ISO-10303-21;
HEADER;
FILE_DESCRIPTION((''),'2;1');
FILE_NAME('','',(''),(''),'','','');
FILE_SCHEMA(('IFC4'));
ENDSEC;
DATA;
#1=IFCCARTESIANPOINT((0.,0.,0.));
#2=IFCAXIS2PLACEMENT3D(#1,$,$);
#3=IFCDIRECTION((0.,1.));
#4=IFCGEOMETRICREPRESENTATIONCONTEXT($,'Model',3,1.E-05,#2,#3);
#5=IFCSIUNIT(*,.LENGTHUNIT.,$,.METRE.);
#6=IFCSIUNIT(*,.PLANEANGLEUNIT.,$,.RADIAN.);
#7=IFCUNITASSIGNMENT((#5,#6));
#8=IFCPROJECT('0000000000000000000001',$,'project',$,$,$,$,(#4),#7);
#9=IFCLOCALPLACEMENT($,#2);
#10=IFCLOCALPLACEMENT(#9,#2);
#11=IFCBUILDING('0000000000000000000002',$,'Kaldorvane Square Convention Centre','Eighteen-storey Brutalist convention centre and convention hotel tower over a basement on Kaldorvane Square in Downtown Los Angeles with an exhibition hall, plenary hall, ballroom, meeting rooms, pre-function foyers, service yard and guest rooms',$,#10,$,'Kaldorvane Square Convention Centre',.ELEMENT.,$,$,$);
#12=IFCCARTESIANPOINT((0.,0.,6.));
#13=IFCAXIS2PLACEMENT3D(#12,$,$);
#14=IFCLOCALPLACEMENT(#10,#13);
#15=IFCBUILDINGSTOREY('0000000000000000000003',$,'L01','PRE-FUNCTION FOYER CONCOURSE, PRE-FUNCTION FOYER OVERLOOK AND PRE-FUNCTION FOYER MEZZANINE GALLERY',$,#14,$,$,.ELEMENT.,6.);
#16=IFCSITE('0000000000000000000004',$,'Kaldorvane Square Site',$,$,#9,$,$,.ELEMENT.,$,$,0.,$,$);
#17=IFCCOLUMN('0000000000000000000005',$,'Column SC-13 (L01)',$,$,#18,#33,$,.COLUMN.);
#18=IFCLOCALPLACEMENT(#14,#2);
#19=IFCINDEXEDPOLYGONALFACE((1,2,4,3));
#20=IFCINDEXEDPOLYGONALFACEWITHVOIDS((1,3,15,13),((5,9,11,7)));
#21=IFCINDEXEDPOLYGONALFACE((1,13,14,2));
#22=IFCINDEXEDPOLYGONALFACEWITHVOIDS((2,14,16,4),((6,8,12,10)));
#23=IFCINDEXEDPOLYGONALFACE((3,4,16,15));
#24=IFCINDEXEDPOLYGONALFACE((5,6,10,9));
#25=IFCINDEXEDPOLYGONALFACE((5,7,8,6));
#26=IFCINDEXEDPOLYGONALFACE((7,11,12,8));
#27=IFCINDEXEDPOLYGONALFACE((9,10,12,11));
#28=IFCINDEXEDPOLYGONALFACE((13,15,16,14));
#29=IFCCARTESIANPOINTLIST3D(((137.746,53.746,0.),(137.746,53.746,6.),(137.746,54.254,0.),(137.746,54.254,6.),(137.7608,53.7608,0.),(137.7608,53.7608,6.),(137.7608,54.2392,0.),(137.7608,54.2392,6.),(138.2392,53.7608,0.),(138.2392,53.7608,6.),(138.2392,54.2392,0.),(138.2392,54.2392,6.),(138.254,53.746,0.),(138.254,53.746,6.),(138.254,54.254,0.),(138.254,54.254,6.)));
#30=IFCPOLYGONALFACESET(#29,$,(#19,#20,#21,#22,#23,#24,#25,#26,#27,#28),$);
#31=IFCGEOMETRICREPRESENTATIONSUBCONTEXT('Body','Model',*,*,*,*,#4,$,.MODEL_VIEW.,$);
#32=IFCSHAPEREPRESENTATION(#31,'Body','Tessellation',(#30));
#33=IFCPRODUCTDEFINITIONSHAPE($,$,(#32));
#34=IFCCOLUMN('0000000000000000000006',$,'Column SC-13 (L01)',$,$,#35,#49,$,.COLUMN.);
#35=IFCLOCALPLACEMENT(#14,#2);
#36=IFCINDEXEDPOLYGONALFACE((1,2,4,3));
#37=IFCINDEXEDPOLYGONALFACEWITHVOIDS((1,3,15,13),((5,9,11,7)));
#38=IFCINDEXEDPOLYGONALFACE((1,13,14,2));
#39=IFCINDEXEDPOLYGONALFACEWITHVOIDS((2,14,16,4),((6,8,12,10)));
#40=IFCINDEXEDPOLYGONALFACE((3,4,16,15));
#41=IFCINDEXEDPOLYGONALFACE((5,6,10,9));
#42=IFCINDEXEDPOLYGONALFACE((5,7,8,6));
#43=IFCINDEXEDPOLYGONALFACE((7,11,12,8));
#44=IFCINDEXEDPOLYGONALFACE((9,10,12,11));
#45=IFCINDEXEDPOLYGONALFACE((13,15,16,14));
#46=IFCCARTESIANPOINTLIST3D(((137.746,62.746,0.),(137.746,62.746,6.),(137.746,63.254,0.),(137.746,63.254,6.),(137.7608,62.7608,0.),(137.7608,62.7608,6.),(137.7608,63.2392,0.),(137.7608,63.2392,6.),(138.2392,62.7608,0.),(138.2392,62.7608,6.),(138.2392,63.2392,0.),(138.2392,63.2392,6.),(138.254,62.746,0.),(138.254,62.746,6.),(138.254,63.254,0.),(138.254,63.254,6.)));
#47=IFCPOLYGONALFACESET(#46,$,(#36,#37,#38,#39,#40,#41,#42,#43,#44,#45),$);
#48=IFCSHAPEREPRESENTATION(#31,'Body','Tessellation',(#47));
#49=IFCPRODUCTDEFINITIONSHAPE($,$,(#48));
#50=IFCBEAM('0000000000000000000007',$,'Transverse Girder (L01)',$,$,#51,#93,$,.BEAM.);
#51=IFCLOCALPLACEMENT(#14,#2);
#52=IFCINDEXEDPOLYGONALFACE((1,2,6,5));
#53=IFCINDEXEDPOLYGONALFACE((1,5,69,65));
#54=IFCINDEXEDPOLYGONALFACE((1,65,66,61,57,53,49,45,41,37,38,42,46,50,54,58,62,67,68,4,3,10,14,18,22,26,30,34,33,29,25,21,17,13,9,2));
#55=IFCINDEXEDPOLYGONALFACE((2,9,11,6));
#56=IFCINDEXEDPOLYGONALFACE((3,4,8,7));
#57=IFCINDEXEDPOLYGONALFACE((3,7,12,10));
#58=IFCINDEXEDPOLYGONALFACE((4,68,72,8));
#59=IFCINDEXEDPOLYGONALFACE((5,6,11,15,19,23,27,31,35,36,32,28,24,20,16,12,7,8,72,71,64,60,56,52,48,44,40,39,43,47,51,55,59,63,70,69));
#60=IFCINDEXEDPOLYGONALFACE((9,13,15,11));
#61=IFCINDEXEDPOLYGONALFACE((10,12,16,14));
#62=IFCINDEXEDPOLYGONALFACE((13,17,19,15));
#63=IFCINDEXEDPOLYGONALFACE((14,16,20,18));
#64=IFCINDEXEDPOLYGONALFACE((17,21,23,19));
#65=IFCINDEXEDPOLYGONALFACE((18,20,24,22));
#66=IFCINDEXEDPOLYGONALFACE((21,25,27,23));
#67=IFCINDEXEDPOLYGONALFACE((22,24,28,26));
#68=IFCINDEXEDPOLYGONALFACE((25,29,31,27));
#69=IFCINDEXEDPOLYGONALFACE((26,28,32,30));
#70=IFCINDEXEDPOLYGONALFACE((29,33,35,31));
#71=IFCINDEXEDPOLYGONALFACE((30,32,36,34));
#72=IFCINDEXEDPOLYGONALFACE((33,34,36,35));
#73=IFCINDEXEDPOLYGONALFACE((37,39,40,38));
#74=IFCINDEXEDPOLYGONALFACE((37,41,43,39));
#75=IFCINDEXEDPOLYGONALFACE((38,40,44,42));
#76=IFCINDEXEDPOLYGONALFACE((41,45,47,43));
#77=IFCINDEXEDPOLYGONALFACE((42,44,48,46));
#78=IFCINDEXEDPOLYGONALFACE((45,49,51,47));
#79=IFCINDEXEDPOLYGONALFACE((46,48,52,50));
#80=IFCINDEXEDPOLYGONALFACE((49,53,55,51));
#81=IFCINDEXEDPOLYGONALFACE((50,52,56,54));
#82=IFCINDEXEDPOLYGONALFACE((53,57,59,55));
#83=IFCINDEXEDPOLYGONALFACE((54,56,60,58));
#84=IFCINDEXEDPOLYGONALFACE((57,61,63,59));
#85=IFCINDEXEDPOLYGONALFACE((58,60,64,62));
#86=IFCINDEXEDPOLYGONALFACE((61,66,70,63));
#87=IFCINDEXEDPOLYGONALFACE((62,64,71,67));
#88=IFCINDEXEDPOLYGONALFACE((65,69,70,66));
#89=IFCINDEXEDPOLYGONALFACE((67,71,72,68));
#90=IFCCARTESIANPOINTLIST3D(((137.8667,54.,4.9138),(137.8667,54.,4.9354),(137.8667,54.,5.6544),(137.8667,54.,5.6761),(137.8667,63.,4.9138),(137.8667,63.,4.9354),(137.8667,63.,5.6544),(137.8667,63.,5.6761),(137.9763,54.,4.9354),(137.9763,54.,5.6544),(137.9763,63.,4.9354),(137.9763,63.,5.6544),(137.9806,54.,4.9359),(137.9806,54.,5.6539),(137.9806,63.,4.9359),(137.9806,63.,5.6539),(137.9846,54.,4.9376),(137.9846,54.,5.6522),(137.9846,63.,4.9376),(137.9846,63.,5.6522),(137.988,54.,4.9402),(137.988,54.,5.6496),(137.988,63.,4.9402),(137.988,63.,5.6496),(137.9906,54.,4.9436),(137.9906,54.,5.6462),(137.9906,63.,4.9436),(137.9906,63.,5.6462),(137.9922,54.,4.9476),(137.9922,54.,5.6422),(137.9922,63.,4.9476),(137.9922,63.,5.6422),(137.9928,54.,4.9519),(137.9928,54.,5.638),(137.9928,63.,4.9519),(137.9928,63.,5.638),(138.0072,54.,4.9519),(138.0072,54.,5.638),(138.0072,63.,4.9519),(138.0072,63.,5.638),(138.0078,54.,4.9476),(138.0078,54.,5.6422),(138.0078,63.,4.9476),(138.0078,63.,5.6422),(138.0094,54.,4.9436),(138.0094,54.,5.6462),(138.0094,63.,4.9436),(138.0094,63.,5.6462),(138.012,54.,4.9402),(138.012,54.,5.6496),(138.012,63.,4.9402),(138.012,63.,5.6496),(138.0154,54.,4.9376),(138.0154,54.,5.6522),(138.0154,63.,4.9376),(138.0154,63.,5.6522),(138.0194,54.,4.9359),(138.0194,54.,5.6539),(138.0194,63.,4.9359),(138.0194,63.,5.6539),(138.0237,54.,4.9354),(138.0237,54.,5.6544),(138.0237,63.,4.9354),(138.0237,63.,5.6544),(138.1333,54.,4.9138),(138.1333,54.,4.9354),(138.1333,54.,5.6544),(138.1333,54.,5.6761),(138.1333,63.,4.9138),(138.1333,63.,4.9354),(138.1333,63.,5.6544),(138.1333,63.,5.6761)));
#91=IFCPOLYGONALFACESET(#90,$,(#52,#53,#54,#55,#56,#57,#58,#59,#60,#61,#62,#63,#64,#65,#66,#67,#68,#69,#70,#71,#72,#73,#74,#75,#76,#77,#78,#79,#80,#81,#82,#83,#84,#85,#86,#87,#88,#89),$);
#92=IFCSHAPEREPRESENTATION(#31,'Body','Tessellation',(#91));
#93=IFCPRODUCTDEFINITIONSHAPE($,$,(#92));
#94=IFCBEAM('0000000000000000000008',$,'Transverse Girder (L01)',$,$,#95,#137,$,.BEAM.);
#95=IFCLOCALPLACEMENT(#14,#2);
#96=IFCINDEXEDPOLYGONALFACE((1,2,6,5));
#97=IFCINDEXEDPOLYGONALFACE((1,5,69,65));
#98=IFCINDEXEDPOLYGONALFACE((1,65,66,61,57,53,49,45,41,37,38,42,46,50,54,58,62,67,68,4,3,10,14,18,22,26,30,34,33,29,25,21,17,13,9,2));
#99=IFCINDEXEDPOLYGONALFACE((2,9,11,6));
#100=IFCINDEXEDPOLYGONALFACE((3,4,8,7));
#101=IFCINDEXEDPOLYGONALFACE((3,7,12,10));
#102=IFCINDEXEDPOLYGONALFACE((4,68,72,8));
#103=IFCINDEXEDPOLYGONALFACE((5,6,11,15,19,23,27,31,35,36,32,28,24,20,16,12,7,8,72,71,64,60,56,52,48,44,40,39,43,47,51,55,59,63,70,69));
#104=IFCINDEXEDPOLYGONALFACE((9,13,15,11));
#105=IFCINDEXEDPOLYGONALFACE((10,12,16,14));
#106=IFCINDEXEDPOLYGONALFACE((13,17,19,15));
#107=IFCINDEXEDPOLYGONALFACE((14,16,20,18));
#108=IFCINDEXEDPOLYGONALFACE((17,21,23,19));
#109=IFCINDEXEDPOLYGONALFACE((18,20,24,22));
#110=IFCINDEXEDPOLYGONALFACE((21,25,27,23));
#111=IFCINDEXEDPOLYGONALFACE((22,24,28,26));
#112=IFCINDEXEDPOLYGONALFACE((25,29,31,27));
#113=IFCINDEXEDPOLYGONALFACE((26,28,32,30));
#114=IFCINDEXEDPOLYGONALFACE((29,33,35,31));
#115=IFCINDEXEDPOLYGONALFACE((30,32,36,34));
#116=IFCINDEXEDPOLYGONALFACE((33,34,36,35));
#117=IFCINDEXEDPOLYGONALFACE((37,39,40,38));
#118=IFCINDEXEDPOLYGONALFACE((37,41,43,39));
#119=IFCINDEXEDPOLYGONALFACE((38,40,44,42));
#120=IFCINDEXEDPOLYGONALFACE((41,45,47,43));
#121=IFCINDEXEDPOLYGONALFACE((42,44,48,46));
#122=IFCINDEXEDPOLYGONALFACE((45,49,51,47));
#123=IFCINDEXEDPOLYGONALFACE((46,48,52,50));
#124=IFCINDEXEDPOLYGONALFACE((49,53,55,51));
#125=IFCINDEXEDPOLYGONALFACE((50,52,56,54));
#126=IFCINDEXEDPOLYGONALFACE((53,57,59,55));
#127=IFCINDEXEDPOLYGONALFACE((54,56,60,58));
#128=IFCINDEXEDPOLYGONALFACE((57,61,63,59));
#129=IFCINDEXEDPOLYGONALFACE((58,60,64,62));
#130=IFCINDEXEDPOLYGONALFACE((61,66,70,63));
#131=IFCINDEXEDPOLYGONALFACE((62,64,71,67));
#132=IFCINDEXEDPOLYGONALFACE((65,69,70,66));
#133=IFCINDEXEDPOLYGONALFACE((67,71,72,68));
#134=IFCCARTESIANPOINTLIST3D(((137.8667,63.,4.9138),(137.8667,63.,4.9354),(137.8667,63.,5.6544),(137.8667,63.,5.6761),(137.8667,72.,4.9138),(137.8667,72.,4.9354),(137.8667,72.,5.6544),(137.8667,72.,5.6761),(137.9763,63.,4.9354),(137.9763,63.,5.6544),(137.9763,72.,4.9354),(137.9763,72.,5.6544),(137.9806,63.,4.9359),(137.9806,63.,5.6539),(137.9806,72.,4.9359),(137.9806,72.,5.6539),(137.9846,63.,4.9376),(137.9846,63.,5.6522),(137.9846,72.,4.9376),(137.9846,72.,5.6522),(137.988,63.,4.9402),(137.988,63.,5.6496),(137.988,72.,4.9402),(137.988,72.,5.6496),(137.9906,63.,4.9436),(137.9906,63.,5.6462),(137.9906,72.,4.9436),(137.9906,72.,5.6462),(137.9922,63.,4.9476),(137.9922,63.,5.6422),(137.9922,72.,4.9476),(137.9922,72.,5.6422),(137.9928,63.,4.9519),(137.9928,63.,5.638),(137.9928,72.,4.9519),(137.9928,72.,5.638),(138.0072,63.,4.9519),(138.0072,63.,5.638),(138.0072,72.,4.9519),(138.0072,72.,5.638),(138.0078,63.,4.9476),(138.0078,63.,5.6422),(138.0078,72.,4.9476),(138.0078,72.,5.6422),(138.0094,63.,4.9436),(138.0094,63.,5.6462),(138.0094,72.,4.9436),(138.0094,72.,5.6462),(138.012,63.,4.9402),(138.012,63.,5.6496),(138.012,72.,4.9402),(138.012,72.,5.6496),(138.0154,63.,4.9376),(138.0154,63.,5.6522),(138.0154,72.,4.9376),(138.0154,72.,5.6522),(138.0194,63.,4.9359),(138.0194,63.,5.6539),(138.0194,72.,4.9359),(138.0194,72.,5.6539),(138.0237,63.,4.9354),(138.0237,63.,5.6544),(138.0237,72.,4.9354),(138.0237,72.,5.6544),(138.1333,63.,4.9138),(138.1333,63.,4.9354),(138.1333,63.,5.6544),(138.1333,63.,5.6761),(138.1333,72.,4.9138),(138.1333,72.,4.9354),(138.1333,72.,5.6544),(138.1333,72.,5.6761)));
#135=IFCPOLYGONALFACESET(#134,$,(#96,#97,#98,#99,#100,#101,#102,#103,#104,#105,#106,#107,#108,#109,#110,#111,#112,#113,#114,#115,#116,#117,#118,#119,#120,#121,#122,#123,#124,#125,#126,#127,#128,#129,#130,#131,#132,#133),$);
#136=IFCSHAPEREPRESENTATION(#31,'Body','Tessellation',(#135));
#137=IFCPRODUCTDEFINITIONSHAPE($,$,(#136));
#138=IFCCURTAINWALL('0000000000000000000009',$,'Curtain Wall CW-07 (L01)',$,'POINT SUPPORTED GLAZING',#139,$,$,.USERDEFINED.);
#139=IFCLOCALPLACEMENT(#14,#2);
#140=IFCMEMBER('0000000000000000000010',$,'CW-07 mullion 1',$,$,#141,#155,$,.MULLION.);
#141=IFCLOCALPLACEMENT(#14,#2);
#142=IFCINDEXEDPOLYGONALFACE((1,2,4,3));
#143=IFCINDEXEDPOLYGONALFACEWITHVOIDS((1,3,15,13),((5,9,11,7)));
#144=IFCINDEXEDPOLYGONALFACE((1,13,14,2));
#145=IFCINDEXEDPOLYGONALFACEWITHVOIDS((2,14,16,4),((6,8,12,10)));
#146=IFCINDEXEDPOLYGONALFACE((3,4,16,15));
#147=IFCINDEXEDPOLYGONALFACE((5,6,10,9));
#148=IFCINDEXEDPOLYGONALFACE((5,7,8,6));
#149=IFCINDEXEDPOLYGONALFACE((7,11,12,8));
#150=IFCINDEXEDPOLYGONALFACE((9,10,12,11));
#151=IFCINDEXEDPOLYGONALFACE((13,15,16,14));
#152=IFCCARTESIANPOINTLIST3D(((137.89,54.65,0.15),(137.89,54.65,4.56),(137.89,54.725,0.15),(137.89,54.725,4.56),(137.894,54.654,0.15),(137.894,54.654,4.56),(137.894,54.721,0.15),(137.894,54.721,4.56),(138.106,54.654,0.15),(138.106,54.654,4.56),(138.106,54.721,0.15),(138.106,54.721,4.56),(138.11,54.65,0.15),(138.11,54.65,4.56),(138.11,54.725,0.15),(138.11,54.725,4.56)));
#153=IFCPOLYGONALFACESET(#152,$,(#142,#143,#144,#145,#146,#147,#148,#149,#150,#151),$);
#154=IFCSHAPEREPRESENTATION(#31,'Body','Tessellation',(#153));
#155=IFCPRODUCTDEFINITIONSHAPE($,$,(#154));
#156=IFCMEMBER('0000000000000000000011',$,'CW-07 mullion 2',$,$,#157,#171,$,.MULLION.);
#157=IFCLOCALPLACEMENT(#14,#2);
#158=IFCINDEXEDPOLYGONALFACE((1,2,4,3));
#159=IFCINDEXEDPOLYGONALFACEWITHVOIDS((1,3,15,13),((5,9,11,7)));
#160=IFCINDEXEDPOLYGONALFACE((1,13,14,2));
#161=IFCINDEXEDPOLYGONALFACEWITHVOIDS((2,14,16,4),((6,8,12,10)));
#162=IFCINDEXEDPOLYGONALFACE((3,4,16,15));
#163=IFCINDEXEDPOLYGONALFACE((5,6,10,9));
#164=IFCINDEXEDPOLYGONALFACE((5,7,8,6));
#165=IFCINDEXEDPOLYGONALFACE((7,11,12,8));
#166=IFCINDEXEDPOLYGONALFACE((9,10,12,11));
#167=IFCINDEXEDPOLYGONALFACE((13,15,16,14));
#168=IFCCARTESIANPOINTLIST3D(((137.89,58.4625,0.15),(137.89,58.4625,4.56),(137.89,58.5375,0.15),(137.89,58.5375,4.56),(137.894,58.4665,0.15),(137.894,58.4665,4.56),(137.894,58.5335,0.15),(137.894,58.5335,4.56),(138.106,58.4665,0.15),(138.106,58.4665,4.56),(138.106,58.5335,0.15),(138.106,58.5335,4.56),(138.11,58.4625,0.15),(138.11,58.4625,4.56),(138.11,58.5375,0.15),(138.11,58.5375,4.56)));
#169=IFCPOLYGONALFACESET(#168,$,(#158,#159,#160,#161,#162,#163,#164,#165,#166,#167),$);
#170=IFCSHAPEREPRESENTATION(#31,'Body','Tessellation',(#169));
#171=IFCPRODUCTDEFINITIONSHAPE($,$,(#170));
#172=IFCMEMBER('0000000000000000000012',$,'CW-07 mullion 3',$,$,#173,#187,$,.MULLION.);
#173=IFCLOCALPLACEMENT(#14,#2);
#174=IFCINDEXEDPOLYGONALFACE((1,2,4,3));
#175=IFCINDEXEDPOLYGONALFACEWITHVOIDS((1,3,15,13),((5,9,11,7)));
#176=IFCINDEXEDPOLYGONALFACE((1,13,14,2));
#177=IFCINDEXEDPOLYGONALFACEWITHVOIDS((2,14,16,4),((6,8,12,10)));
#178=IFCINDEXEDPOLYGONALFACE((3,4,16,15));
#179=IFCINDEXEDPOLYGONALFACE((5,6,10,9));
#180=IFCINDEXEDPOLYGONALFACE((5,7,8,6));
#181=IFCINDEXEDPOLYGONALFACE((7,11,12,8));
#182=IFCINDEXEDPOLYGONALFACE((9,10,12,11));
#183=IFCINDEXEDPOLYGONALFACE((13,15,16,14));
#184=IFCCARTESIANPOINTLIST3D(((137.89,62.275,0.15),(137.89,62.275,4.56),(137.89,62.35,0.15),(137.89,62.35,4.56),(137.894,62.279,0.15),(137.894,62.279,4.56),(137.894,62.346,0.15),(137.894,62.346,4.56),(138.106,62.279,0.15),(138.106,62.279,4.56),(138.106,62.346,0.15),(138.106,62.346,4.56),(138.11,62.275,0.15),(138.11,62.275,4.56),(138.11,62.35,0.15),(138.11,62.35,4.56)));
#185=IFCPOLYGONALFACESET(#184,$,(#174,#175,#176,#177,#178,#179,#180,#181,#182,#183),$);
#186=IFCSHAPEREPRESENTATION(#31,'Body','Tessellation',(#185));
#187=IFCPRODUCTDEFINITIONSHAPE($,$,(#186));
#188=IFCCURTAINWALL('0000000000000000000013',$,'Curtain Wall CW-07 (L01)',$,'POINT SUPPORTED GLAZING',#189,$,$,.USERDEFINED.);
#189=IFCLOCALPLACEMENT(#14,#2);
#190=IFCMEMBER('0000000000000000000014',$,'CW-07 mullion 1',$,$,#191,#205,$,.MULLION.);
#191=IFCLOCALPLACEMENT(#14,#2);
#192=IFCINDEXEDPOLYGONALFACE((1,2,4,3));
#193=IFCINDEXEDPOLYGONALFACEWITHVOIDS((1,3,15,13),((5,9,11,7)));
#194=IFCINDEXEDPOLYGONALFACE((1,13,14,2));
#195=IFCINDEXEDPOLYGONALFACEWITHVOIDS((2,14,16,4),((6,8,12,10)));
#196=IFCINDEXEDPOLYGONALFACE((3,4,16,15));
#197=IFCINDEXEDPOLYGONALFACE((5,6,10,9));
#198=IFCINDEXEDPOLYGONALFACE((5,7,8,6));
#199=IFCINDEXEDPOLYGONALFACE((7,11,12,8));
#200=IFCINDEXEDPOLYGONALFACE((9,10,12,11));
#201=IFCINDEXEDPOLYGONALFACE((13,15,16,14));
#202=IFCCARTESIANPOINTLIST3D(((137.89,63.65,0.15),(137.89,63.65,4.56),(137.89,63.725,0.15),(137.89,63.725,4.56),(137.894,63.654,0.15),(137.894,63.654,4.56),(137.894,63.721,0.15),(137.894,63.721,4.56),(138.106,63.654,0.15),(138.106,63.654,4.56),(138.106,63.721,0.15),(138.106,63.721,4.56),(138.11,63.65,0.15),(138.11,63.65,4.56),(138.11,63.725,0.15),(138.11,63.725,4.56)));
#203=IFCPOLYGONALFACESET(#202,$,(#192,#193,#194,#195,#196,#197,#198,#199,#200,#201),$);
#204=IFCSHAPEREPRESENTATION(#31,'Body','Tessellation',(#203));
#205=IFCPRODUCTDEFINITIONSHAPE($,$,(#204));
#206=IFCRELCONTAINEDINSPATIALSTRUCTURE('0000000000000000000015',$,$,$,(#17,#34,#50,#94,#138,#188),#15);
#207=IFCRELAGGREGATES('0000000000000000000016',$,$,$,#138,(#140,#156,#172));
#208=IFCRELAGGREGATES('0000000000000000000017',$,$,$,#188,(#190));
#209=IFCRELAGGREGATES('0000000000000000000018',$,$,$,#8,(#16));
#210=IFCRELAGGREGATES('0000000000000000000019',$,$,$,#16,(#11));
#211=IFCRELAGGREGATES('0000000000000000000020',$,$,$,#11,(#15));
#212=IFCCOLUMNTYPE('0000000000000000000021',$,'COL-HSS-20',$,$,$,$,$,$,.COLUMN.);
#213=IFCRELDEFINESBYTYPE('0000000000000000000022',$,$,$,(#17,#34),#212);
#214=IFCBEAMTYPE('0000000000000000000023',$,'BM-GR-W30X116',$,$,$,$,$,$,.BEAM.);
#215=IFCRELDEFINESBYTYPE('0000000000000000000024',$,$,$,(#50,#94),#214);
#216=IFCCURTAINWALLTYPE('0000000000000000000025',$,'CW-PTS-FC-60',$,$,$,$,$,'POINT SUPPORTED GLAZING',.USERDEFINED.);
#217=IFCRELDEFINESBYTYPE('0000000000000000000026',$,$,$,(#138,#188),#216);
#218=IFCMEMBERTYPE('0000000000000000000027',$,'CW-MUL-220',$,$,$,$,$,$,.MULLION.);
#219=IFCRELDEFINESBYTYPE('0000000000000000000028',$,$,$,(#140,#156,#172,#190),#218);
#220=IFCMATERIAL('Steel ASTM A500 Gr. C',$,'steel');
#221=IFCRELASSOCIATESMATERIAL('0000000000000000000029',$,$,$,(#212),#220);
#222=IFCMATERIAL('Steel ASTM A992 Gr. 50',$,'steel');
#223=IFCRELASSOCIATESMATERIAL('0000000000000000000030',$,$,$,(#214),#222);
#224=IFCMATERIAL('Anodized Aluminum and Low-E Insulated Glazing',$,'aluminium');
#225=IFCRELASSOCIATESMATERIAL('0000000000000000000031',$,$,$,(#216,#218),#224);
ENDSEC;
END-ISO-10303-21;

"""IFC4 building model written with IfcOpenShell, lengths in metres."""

from ifc_helpers import new_model, si_unit, direction, frame, origin, origin_2d, place, context, subcontext, project, spatial, hollow_rectangle, i_section, extrude, material, material_profile, profile_set, type_object, element, aggregate, save


model = new_model("IFC4")

# Units and contexts
model_context = context("Model", 3, precision=1e-05, world=origin(), true_north=direction((0.0, 1.0)))
body_context = subcontext(model_context, "Body", "Model", "MODEL_VIEW")
ifc_project = project(units=[si_unit("LENGTHUNIT", "METRE"), si_unit("PLANEANGLEUNIT", "RADIAN")], contexts=[model_context])

# Site, building, storey
site_placement = place(None, origin())
site = spatial("IfcSite", under=ifc_project, at=site_placement, Name="Kaldorvane Square Site", CompositionType="ELEMENT", RefElevation=0.0)
building_placement = place(site_placement, origin())
building = spatial("IfcBuilding", under=site, at=building_placement, Name="Kaldorvane Square Convention Centre", Description="Eighteen-storey Brutalist convention centre and convention hotel tower over a basement on Kaldorvane Square in Downtown Los Angeles with an exhibition hall, plenary hall, ballroom, meeting rooms, pre-function foyers, service yard and guest rooms", LongName="Kaldorvane Square Convention Centre", CompositionType="ELEMENT")
storey_placement = place(building_placement, frame((0.0, 0.0, 6.0)))
storey = spatial("IfcBuildingStorey", under=building, at=storey_placement, Name="L01", Description="PRE-FUNCTION FOYER CONCOURSE, PRE-FUNCTION FOYER OVERLOOK AND PRE-FUNCTION FOYER MEZZANINE GALLERY", CompositionType="ELEMENT", Elevation=6.0)

# Columns
ifc_material_1 = material(Name="Steel ASTM A500 Gr. C", Category="steel")
ifc_material_profile_1 = material_profile(ifc_material_1, hollow_rectangle(XDim=0.508, YDim=0.508, WallThickness=0.0148, at=origin_2d()), Name="HSS20X20X5/8")
ifc_profile_set_1 = profile_set([ifc_material_profile_1], Name="Steel ASTM A500 Gr. C")
column_type = type_object("IfcColumnType", Name="COL-HSS-20", PredefinedType="COLUMN", material=ifc_profile_set_1)
for number, where, z_axis, x_axis, name in (
    (1, (138.0, 54.0, 0.0), (0.0, 0.0, 1.0), (1.0, 0.0, 0.0), "Column SC-13 (L01)"),
    (2, (138.0, 63.0, 0.0), (0.0, 0.0, 1.0), (1.0, 0.0, 0.0), "Column SC-13 (L01)"),
):
    element("IfcColumn", number, at=place(storey_placement, frame(where, z_axis=z_axis, x_axis=x_axis)), inside=storey, type_object=column_type, Name=name, PredefinedType="COLUMN", context=body_context, shape_type="SweptSolid", body=[
        extrude(hollow_rectangle(XDim=0.508, YDim=0.508, WallThickness=0.0148, at=origin_2d()), origin(), (0.0, 0.0, 1.0), 6.0),
    ])

# Beams
ifc_material_2 = material(Name="Steel ASTM A992 Gr. 50", Category="steel")
ifc_material_profile_2 = material_profile(ifc_material_2, i_section(OverallWidth=0.2666, OverallDepth=0.7623, WebThickness=0.0144, FlangeThickness=0.0216, FilletRadius=0.0165, at=origin_2d()), Name="W30X116")
ifc_profile_set_2 = profile_set([ifc_material_profile_2], Name="Steel ASTM A992 Gr. 50")
beam_type = type_object("IfcBeamType", Name="BM-GR-W30X116", PredefinedType="BEAM", material=ifc_profile_set_2)
for number, where, z_axis, x_axis, name in (
    (3, (138.0, 54.0, 5.2949), (0.0, 1.0, 0.0), (-1.0, 0.0, 0.0), "Transverse Girder (L01)"),
    (4, (138.0, 63.0, 5.2949), (0.0, 1.0, 0.0), (-1.0, 0.0, 0.0), "Transverse Girder (L01)"),
):
    element("IfcBeam", number, at=place(storey_placement, frame(where, z_axis=z_axis, x_axis=x_axis)), inside=storey, type_object=beam_type, Name=name, PredefinedType="BEAM", context=body_context, shape_type="SweptSolid", body=[
        extrude(i_section(OverallWidth=0.2666, OverallDepth=0.7623, WebThickness=0.0144, FlangeThickness=0.0216, FilletRadius=0.0165, at=origin_2d()), origin(), (0.0, 0.0, 1.0), 9.0),
    ])

# Curtain wall, members
ifc_material_3 = material(Name="Anodized Aluminum and Low-E Insulated Glazing", Category="aluminium")
curtain_wall_type = type_object("IfcCurtainWallType", Name="CW-PTS-FC-60", ElementType="POINT SUPPORTED GLAZING", PredefinedType="USERDEFINED", material=ifc_material_3)
curtain_wall_1_placement = place(storey_placement, origin())
curtain_wall_1 = element("IfcCurtainWall", 5, at=curtain_wall_1_placement, inside=storey, type_object=curtain_wall_type, Name="Curtain Wall CW-07 (L01)", ObjectType="POINT SUPPORTED GLAZING", PredefinedType="USERDEFINED")
ifc_material_profile_3 = material_profile(ifc_material_3, hollow_rectangle(XDim=0.075, YDim=0.22, WallThickness=0.004, at=origin_2d()), Name="CWM-220X75")
ifc_profile_set_3 = profile_set([ifc_material_profile_3], Name="Anodized Aluminum and Low-E Insulated Glazing")
member_type_1 = type_object("IfcMemberType", Name="CW-MUL-220", PredefinedType="MULLION", material=ifc_profile_set_3)
member_1_placement = place(storey_placement, frame((138.0, 54.6875, 0.15), z_axis=(0.0, 0.0, 1.0), x_axis=(0.0, 1.0, 0.0)))
member_1 = element("IfcMember", 6, at=member_1_placement, type_object=member_type_1, Name="CW-07 mullion 1", PredefinedType="MULLION", context=body_context, shape_type="SweptSolid", body=[
    extrude(hollow_rectangle(XDim=0.075, YDim=0.22, WallThickness=0.004, at=origin_2d()), origin(), (0.0, 0.0, 1.0), 4.41),
])
member_2_placement = place(storey_placement, frame((138.0, 58.5, 0.15), z_axis=(0.0, 0.0, 1.0), x_axis=(0.0, 1.0, 0.0)))
member_2 = element("IfcMember", 7, at=member_2_placement, type_object=member_type_1, Name="CW-07 mullion 2", PredefinedType="MULLION", context=body_context, shape_type="SweptSolid", body=[
    extrude(hollow_rectangle(XDim=0.075, YDim=0.22, WallThickness=0.004, at=origin_2d()), origin(), (0.0, 0.0, 1.0), 4.41),
])
member_3_placement = place(storey_placement, frame((138.0, 62.3125, 0.15), z_axis=(0.0, 0.0, 1.0), x_axis=(0.0, 1.0, 0.0)))
member_3 = element("IfcMember", 8, at=member_3_placement, type_object=member_type_1, Name="CW-07 mullion 3", PredefinedType="MULLION", context=body_context, shape_type="SweptSolid", body=[
    extrude(hollow_rectangle(XDim=0.075, YDim=0.22, WallThickness=0.004, at=origin_2d()), origin(), (0.0, 0.0, 1.0), 4.41),
])

# Curtain wall, member
curtain_wall_2_placement = place(storey_placement, origin())
curtain_wall_2 = element("IfcCurtainWall", 9, at=curtain_wall_2_placement, inside=storey, type_object=curtain_wall_type, Name="Curtain Wall CW-07 (L01)", ObjectType="POINT SUPPORTED GLAZING", PredefinedType="USERDEFINED")
member_4_placement = place(storey_placement, frame((138.0, 63.6875, 0.15), z_axis=(0.0, 0.0, 1.0), x_axis=(0.0, 1.0, 0.0)))
member_4 = element("IfcMember", 10, at=member_4_placement, type_object=member_type_1, Name="CW-07 mullion 1", PredefinedType="MULLION", context=body_context, shape_type="SweptSolid", body=[
    extrude(hollow_rectangle(XDim=0.075, YDim=0.22, WallThickness=0.004, at=origin_2d()), origin(), (0.0, 0.0, 1.0), 4.41),
])

aggregate(curtain_wall_1, [member_1, member_2, member_3])
aggregate(curtain_wall_2, [member_4])

save(model, "model.ifc")
